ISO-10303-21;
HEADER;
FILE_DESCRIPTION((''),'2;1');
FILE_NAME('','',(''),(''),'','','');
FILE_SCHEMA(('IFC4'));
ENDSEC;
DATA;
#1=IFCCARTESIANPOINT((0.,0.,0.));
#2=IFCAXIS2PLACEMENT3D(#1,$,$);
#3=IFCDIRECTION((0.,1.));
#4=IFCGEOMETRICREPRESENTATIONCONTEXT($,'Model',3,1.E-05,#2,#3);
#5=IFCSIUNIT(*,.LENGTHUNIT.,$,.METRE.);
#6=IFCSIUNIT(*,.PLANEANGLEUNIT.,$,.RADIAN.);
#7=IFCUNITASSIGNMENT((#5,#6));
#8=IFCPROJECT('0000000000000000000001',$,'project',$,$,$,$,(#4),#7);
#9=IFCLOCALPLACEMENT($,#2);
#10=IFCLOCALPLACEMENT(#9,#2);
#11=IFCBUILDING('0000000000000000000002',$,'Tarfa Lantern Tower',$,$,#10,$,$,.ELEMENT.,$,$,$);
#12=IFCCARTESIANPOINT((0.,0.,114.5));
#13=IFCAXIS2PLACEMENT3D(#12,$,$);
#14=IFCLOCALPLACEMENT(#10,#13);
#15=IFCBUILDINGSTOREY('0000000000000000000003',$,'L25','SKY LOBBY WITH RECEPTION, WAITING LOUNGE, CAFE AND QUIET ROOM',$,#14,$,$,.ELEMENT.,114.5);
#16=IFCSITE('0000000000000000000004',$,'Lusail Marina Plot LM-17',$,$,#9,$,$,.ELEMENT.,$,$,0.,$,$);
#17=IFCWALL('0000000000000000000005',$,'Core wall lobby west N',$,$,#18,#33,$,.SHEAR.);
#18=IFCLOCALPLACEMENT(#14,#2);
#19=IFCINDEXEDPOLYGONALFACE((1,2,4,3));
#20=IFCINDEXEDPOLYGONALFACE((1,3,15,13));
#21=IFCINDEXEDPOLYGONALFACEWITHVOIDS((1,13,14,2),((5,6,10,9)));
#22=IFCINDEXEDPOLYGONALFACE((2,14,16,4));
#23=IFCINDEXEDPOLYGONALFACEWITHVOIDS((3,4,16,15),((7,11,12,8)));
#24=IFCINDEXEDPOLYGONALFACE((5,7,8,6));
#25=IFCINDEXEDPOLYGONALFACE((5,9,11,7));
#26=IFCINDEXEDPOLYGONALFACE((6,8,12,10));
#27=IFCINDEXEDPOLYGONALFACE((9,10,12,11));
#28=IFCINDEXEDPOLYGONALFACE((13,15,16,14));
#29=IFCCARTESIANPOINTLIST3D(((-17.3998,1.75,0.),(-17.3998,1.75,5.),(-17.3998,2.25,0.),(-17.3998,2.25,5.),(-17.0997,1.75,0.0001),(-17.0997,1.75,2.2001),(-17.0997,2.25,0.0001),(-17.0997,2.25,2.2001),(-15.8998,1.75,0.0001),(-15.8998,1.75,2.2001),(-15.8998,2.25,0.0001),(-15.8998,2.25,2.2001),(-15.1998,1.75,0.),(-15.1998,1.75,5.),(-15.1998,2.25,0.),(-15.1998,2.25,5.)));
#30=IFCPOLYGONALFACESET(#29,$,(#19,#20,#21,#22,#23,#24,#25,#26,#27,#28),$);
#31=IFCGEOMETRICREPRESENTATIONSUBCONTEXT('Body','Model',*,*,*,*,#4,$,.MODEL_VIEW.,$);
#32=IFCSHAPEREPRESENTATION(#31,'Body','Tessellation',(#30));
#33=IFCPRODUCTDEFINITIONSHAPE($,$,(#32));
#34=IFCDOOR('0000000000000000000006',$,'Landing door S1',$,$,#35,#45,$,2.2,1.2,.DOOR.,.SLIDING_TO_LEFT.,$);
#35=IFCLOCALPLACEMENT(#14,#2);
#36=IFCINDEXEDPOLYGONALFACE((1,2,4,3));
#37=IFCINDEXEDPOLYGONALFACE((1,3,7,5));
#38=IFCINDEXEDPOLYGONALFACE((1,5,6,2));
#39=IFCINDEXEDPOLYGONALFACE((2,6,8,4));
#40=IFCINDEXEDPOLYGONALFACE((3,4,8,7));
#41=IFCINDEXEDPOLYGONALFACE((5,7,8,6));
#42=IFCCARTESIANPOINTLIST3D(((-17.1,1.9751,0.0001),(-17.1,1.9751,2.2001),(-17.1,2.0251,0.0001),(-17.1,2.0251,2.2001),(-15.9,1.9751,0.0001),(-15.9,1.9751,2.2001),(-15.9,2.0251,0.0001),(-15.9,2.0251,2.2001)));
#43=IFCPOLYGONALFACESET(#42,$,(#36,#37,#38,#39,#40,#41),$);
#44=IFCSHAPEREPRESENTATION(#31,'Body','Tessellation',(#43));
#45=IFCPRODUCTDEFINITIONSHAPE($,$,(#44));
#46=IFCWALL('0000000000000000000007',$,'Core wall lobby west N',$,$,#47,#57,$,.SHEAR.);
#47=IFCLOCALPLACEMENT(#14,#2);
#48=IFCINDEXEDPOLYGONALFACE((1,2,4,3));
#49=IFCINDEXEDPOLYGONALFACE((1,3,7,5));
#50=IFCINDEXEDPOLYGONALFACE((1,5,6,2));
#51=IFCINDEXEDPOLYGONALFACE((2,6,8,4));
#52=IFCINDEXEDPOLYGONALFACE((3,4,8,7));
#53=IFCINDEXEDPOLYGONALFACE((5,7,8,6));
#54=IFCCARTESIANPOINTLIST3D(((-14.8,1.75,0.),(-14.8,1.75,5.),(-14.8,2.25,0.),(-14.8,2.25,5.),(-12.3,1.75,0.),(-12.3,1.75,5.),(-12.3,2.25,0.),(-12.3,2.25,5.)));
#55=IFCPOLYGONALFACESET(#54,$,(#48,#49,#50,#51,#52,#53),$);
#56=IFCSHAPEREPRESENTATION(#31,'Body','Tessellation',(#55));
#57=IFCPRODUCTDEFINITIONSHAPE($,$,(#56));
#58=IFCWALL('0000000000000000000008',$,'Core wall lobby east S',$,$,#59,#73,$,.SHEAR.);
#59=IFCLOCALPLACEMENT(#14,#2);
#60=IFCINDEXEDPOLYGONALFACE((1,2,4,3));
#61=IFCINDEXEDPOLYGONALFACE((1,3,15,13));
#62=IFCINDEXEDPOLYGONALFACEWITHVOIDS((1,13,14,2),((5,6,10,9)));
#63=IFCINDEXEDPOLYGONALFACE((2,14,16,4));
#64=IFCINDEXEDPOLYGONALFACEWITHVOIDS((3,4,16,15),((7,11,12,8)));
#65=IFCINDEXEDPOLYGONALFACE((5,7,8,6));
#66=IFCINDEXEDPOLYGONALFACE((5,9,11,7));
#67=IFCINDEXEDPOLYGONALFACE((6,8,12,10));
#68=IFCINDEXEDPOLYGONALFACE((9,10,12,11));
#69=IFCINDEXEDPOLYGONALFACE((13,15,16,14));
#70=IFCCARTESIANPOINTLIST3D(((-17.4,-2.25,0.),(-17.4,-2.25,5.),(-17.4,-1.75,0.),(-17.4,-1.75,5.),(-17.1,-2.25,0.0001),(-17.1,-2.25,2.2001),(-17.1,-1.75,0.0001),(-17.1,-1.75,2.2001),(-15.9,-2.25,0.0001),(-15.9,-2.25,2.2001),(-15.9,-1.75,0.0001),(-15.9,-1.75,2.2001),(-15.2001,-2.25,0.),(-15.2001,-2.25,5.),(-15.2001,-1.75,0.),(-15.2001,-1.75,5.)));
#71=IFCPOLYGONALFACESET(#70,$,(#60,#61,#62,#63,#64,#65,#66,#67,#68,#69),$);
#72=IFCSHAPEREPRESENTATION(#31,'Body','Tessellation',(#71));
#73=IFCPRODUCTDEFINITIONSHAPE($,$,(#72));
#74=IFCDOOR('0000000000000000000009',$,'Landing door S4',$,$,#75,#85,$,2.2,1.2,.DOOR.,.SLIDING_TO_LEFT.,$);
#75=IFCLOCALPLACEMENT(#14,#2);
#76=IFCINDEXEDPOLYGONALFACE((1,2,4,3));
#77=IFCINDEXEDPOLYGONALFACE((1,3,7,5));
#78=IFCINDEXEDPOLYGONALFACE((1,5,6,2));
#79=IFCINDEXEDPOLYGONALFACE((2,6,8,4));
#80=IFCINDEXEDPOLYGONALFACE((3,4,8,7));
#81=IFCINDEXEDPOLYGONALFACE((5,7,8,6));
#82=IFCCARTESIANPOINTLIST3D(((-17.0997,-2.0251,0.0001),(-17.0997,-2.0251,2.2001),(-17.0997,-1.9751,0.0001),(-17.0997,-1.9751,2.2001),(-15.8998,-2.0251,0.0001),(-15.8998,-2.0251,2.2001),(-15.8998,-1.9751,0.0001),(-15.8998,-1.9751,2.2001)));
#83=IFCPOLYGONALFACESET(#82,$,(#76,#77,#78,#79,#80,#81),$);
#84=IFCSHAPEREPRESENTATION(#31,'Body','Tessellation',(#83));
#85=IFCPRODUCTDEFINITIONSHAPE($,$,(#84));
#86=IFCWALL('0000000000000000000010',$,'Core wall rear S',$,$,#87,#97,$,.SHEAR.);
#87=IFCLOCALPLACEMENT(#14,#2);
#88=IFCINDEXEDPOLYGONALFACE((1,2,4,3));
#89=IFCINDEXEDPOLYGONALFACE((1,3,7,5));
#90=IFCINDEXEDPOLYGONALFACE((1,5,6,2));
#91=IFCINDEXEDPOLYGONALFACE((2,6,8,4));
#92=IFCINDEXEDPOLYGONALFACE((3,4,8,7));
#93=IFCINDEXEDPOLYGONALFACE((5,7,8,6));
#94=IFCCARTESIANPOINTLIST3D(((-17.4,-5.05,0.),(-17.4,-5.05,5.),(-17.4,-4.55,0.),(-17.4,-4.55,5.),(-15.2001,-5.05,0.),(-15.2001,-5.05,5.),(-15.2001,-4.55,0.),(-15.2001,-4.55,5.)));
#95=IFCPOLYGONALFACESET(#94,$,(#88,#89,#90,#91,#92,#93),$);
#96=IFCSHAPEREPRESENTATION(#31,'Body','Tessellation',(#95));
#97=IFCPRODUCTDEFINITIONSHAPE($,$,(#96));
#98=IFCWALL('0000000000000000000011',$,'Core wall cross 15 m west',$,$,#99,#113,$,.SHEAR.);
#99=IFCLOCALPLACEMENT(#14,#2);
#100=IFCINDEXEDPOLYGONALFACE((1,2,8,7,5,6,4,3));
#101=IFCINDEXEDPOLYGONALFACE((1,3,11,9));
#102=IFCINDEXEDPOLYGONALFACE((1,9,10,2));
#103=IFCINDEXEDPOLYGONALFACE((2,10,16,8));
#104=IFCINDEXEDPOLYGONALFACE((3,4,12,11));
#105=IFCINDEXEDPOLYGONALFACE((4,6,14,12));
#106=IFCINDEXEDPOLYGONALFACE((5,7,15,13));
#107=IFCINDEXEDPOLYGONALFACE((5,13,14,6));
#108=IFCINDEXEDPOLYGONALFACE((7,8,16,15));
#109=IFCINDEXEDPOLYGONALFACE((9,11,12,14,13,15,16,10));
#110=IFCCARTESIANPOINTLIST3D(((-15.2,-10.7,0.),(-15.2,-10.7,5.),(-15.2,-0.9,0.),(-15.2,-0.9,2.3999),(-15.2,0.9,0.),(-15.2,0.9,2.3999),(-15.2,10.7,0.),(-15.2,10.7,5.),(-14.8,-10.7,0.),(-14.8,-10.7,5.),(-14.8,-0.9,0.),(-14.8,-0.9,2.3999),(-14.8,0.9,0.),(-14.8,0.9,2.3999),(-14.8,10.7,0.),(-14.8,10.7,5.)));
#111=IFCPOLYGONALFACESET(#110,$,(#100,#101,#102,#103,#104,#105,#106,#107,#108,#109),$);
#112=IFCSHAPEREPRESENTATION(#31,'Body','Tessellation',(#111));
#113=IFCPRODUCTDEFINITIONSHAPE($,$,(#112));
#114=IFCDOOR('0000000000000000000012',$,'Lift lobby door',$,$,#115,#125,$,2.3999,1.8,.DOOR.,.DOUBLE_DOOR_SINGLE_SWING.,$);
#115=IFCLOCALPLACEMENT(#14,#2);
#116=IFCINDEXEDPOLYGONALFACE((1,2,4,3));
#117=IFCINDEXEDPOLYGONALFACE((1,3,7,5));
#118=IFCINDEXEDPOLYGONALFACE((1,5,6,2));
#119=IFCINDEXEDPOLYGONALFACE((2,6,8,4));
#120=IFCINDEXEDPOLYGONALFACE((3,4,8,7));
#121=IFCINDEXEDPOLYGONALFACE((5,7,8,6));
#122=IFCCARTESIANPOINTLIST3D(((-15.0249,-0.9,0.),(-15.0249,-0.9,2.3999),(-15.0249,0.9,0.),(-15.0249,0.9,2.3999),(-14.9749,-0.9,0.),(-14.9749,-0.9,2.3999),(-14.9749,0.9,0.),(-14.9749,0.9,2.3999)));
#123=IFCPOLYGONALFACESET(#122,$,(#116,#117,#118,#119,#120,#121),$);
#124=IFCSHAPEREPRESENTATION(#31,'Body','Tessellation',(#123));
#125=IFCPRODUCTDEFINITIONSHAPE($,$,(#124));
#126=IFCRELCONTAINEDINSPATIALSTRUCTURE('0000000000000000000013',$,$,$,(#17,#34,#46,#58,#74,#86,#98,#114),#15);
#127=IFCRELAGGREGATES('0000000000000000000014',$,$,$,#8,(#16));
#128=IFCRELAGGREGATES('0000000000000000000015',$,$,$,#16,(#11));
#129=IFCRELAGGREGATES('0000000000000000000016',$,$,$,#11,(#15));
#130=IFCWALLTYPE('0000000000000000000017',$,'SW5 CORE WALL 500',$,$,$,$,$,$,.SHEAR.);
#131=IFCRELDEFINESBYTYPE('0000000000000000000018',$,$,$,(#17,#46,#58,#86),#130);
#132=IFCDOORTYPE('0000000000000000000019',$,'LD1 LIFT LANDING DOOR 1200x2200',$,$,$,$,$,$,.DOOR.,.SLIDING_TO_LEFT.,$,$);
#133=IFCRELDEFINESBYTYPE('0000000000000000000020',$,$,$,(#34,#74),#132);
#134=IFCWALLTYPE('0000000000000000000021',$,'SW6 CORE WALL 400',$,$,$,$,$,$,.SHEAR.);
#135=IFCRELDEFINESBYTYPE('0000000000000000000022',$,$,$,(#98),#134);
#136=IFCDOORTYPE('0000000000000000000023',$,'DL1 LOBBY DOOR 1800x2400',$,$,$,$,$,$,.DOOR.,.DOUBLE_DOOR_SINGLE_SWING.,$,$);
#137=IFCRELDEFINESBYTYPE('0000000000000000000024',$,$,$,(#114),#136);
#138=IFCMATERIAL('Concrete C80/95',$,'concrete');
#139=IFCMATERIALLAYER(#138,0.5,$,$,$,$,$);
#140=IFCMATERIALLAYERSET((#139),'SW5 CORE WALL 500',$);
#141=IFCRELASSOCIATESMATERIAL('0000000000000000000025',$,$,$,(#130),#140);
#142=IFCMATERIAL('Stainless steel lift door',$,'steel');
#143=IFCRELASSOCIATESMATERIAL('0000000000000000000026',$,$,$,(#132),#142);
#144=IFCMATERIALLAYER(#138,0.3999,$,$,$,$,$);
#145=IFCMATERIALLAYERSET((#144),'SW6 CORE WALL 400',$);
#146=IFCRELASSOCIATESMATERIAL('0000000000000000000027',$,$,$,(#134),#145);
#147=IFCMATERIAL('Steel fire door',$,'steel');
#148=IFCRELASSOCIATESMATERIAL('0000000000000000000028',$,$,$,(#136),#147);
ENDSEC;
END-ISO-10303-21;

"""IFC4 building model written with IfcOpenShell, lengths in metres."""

from ifc_helpers import new_model, si_unit, direction, frame, frame_2d, origin, place, context, subcontext, project, spatial, rectangle, extrude, material, layer, layer_set, type_object, element, fill, save


model = new_model("IFC4")

# Units and contexts
model_context = context("Model", 3, precision=1e-05, world=origin(), true_north=direction((0.0, 1.0)))
body_context = subcontext(model_context, "Body", "Model", "MODEL_VIEW")
ifc_project = project(units=[si_unit("LENGTHUNIT", "METRE"), si_unit("PLANEANGLEUNIT", "RADIAN")], contexts=[model_context])

# Site, building, storey
site_placement = place(None, origin())
site = spatial("IfcSite", under=ifc_project, at=site_placement, Name="Lusail Marina Plot LM-17", CompositionType="ELEMENT", RefElevation=0.0)
building_placement = place(site_placement, origin())
building = spatial("IfcBuilding", under=site, at=building_placement, Name="Tarfa Lantern Tower", CompositionType="ELEMENT")
storey_placement = place(building_placement, frame((0.0, 0.0, 114.5)))
storey = spatial("IfcBuildingStorey", under=building, at=storey_placement, Name="L25", Description="SKY LOBBY WITH RECEPTION, WAITING LOUNGE, CAFE AND QUIET ROOM", CompositionType="ELEMENT", Elevation=114.5)

# Shared definitions
ifc_material_1 = material(Name="Concrete C80/95", Category="concrete")

# Wall, opening, door
ifc_layer_1 = layer(ifc_material_1, 0.5)
ifc_layer_set_1 = layer_set([ifc_layer_1], Name="SW5 CORE WALL 500")
wall_type_1 = type_object("IfcWallType", Name="SW5 CORE WALL 500", PredefinedType="SHEAR", material=ifc_layer_set_1)
wall_1_placement = place(storey_placement, frame((-17.3999, 2.0, 0.0), z_axis=(0.0, 0.0, 1.0), x_axis=(1.0, 0.0, 0.0)))
wall_1 = element("IfcWall", 1, at=wall_1_placement, inside=storey, type_object=wall_type_1, Name="Core wall lobby west N", PredefinedType="SHEAR", context=body_context, shape_type="SweptSolid", body=[
    extrude(rectangle(XDim=2.2, YDim=0.5, at=frame_2d((1.1001, 0.0))), origin(), (0.0, 0.0, 1.0), 5.0),
])
opening_1_placement = place(wall_1_placement, frame((0.3, 0.0, 0.0)))
opening_1 = element("IfcOpeningElement", 2, at=opening_1_placement, cuts=wall_1, PredefinedType="OPENING", context=body_context, shape_type="SweptSolid", body=[
    extrude(rectangle(XDim=1.2, YDim=2.2, at=frame_2d((0.6001, 1.1001))), frame((0.0, 0.26, 0.0), z_axis=(0.0, -1.0, 0.0), x_axis=(1.0, 0.0, 0.0)), (0.0, 0.0, 1.0), 0.52),
])
ifc_material_2 = material(Name="Stainless steel lift door", Category="steel")
door_type_1 = type_object("IfcDoorType", Name="LD1 LIFT LANDING DOOR 1200x2200", OperationType="SLIDING_TO_LEFT", PredefinedType="DOOR", material=ifc_material_2)
door_1_placement = place(opening_1_placement, frame((1.2, 0.0, 0.0), z_axis=(0.0, 0.0, 1.0), x_axis=(-1.0, 0.0, 0.0)))
door_1 = element("IfcDoor", 3, at=door_1_placement, inside=storey, type_object=door_type_1, Name="Landing door S1", OperationType="SLIDING_TO_LEFT", OverallHeight=2.2, OverallWidth=1.2, PredefinedType="DOOR", context=body_context, shape_type="SweptSolid", body=[
    extrude(rectangle(XDim=1.2, YDim=2.2, at=frame_2d((0.6001, 1.1001))), frame((0.0, 0.0249, 0.0), z_axis=(0.0, -1.0, 0.0), x_axis=(1.0, 0.0, 0.0)), (0.0, 0.0, 1.0), 0.05),
])
fill(opening_1, door_1)

# Wall
wall_2_placement = place(storey_placement, frame((-14.8, 2.0, 0.0), z_axis=(0.0, 0.0, 1.0), x_axis=(1.0, 0.0, 0.0)))
element("IfcWall", 4, at=wall_2_placement, inside=storey, type_object=wall_type_1, Name="Core wall lobby west N", PredefinedType="SHEAR", context=body_context, shape_type="SweptSolid", body=[
    extrude(rectangle(XDim=2.5, YDim=0.5, at=frame_2d((1.25, 0.0))), origin(), (0.0, 0.0, 1.0), 5.0),
])

# Wall, opening, door
wall_3_placement = place(storey_placement, frame((-15.2, -2.0, 0.0), z_axis=(0.0, 0.0, 1.0), x_axis=(-1.0, 0.0, 0.0)))
wall_3 = element("IfcWall", 5, at=wall_3_placement, inside=storey, type_object=wall_type_1, Name="Core wall lobby east S", PredefinedType="SHEAR", context=body_context, shape_type="SweptSolid", body=[
    extrude(rectangle(XDim=2.2, YDim=0.5, at=frame_2d((1.1001, 0.0))), origin(), (0.0, 0.0, 1.0), 5.0),
])
opening_2_placement = place(wall_3_placement, frame((0.7, 0.0, 0.0)))
opening_2 = element("IfcOpeningElement", 6, at=opening_2_placement, cuts=wall_3, PredefinedType="OPENING", context=body_context, shape_type="SweptSolid", body=[
    extrude(rectangle(XDim=1.2, YDim=2.2, at=frame_2d((0.6001, 1.1001))), frame((0.0, 0.26, 0.0), z_axis=(0.0, -1.0, 0.0), x_axis=(1.0, 0.0, 0.0)), (0.0, 0.0, 1.0), 0.52),
])
door_2_placement = place(opening_2_placement, frame((1.2, 0.0, 0.0), z_axis=(0.0, 0.0, 1.0), x_axis=(-1.0, 0.0, 0.0)))
door_2 = element("IfcDoor", 7, at=door_2_placement, inside=storey, type_object=door_type_1, Name="Landing door S4", OperationType="SLIDING_TO_LEFT", OverallHeight=2.2, OverallWidth=1.2, PredefinedType="DOOR", context=body_context, shape_type="SweptSolid", body=[
    extrude(rectangle(XDim=1.2, YDim=2.2, at=frame_2d((0.6001, 1.1001))), frame((0.0, 0.0249, 0.0), z_axis=(0.0, -1.0, 0.0), x_axis=(1.0, 0.0, 0.0)), (0.0, 0.0, 1.0), 0.05),
])
fill(opening_2, door_2)

# Wall
wall_4_placement = place(storey_placement, frame((-15.2, -4.8, 0.0), z_axis=(0.0, 0.0, 1.0), x_axis=(-1.0, 0.0, 0.0)))
element("IfcWall", 8, at=wall_4_placement, inside=storey, type_object=wall_type_1, Name="Core wall rear S", PredefinedType="SHEAR", context=body_context, shape_type="SweptSolid", body=[
    extrude(rectangle(XDim=2.2, YDim=0.5, at=frame_2d((1.1001, 0.0))), origin(), (0.0, 0.0, 1.0), 5.0),
])

# Wall, opening, door
ifc_layer_2 = layer(ifc_material_1, 0.3999)
ifc_layer_set_2 = layer_set([ifc_layer_2], Name="SW6 CORE WALL 400")
wall_type_2 = type_object("IfcWallType", Name="SW6 CORE WALL 400", PredefinedType="SHEAR", material=ifc_layer_set_2)
wall_5_placement = place(storey_placement, frame((-15.0, -10.7, 0.0), z_axis=(0.0, 0.0, 1.0), x_axis=(0.0, 1.0, 0.0)))
wall_5 = element("IfcWall", 9, at=wall_5_placement, inside=storey, type_object=wall_type_2, Name="Core wall cross 15 m west", PredefinedType="SHEAR", context=body_context, shape_type="SweptSolid", body=[
    extrude(rectangle(XDim=21.3999, YDim=0.3999, at=frame_2d((10.7, 0.0))), origin(), (0.0, 0.0, 1.0), 5.0),
])
opening_3_placement = place(wall_5_placement, frame((9.8, 0.0, 0.0)))
opening_3 = element("IfcOpeningElement", 10, at=opening_3_placement, cuts=wall_5, PredefinedType="OPENING", context=body_context, shape_type="SweptSolid", body=[
    extrude(rectangle(XDim=1.8, YDim=2.3999, at=frame_2d((0.8999, 1.2))), frame((0.0, 0.21, 0.0), z_axis=(0.0, -1.0, 0.0), x_axis=(1.0, 0.0, 0.0)), (0.0, 0.0, 1.0), 0.4199),
])
ifc_material_3 = material(Name="Steel fire door", Category="steel")
door_type_2 = type_object("IfcDoorType", Name="DL1 LOBBY DOOR 1800x2400", OperationType="DOUBLE_DOOR_SINGLE_SWING", PredefinedType="DOOR", material=ifc_material_3)
door_3_placement = place(opening_3_placement, origin())
door_3 = element("IfcDoor", 11, at=door_3_placement, inside=storey, type_object=door_type_2, Name="Lift lobby door", OperationType="DOUBLE_DOOR_SINGLE_SWING", OverallHeight=2.3999, OverallWidth=1.8, PredefinedType="DOOR", context=body_context, shape_type="SweptSolid", body=[
    extrude(rectangle(XDim=1.8, YDim=2.3999, at=frame_2d((0.8999, 1.2))), frame((0.0, 0.0249, 0.0), z_axis=(0.0, -1.0, 0.0), x_axis=(1.0, 0.0, 0.0)), (0.0, 0.0, 1.0), 0.05),
])
fill(opening_3, door_3)

save(model, "model.ifc")
